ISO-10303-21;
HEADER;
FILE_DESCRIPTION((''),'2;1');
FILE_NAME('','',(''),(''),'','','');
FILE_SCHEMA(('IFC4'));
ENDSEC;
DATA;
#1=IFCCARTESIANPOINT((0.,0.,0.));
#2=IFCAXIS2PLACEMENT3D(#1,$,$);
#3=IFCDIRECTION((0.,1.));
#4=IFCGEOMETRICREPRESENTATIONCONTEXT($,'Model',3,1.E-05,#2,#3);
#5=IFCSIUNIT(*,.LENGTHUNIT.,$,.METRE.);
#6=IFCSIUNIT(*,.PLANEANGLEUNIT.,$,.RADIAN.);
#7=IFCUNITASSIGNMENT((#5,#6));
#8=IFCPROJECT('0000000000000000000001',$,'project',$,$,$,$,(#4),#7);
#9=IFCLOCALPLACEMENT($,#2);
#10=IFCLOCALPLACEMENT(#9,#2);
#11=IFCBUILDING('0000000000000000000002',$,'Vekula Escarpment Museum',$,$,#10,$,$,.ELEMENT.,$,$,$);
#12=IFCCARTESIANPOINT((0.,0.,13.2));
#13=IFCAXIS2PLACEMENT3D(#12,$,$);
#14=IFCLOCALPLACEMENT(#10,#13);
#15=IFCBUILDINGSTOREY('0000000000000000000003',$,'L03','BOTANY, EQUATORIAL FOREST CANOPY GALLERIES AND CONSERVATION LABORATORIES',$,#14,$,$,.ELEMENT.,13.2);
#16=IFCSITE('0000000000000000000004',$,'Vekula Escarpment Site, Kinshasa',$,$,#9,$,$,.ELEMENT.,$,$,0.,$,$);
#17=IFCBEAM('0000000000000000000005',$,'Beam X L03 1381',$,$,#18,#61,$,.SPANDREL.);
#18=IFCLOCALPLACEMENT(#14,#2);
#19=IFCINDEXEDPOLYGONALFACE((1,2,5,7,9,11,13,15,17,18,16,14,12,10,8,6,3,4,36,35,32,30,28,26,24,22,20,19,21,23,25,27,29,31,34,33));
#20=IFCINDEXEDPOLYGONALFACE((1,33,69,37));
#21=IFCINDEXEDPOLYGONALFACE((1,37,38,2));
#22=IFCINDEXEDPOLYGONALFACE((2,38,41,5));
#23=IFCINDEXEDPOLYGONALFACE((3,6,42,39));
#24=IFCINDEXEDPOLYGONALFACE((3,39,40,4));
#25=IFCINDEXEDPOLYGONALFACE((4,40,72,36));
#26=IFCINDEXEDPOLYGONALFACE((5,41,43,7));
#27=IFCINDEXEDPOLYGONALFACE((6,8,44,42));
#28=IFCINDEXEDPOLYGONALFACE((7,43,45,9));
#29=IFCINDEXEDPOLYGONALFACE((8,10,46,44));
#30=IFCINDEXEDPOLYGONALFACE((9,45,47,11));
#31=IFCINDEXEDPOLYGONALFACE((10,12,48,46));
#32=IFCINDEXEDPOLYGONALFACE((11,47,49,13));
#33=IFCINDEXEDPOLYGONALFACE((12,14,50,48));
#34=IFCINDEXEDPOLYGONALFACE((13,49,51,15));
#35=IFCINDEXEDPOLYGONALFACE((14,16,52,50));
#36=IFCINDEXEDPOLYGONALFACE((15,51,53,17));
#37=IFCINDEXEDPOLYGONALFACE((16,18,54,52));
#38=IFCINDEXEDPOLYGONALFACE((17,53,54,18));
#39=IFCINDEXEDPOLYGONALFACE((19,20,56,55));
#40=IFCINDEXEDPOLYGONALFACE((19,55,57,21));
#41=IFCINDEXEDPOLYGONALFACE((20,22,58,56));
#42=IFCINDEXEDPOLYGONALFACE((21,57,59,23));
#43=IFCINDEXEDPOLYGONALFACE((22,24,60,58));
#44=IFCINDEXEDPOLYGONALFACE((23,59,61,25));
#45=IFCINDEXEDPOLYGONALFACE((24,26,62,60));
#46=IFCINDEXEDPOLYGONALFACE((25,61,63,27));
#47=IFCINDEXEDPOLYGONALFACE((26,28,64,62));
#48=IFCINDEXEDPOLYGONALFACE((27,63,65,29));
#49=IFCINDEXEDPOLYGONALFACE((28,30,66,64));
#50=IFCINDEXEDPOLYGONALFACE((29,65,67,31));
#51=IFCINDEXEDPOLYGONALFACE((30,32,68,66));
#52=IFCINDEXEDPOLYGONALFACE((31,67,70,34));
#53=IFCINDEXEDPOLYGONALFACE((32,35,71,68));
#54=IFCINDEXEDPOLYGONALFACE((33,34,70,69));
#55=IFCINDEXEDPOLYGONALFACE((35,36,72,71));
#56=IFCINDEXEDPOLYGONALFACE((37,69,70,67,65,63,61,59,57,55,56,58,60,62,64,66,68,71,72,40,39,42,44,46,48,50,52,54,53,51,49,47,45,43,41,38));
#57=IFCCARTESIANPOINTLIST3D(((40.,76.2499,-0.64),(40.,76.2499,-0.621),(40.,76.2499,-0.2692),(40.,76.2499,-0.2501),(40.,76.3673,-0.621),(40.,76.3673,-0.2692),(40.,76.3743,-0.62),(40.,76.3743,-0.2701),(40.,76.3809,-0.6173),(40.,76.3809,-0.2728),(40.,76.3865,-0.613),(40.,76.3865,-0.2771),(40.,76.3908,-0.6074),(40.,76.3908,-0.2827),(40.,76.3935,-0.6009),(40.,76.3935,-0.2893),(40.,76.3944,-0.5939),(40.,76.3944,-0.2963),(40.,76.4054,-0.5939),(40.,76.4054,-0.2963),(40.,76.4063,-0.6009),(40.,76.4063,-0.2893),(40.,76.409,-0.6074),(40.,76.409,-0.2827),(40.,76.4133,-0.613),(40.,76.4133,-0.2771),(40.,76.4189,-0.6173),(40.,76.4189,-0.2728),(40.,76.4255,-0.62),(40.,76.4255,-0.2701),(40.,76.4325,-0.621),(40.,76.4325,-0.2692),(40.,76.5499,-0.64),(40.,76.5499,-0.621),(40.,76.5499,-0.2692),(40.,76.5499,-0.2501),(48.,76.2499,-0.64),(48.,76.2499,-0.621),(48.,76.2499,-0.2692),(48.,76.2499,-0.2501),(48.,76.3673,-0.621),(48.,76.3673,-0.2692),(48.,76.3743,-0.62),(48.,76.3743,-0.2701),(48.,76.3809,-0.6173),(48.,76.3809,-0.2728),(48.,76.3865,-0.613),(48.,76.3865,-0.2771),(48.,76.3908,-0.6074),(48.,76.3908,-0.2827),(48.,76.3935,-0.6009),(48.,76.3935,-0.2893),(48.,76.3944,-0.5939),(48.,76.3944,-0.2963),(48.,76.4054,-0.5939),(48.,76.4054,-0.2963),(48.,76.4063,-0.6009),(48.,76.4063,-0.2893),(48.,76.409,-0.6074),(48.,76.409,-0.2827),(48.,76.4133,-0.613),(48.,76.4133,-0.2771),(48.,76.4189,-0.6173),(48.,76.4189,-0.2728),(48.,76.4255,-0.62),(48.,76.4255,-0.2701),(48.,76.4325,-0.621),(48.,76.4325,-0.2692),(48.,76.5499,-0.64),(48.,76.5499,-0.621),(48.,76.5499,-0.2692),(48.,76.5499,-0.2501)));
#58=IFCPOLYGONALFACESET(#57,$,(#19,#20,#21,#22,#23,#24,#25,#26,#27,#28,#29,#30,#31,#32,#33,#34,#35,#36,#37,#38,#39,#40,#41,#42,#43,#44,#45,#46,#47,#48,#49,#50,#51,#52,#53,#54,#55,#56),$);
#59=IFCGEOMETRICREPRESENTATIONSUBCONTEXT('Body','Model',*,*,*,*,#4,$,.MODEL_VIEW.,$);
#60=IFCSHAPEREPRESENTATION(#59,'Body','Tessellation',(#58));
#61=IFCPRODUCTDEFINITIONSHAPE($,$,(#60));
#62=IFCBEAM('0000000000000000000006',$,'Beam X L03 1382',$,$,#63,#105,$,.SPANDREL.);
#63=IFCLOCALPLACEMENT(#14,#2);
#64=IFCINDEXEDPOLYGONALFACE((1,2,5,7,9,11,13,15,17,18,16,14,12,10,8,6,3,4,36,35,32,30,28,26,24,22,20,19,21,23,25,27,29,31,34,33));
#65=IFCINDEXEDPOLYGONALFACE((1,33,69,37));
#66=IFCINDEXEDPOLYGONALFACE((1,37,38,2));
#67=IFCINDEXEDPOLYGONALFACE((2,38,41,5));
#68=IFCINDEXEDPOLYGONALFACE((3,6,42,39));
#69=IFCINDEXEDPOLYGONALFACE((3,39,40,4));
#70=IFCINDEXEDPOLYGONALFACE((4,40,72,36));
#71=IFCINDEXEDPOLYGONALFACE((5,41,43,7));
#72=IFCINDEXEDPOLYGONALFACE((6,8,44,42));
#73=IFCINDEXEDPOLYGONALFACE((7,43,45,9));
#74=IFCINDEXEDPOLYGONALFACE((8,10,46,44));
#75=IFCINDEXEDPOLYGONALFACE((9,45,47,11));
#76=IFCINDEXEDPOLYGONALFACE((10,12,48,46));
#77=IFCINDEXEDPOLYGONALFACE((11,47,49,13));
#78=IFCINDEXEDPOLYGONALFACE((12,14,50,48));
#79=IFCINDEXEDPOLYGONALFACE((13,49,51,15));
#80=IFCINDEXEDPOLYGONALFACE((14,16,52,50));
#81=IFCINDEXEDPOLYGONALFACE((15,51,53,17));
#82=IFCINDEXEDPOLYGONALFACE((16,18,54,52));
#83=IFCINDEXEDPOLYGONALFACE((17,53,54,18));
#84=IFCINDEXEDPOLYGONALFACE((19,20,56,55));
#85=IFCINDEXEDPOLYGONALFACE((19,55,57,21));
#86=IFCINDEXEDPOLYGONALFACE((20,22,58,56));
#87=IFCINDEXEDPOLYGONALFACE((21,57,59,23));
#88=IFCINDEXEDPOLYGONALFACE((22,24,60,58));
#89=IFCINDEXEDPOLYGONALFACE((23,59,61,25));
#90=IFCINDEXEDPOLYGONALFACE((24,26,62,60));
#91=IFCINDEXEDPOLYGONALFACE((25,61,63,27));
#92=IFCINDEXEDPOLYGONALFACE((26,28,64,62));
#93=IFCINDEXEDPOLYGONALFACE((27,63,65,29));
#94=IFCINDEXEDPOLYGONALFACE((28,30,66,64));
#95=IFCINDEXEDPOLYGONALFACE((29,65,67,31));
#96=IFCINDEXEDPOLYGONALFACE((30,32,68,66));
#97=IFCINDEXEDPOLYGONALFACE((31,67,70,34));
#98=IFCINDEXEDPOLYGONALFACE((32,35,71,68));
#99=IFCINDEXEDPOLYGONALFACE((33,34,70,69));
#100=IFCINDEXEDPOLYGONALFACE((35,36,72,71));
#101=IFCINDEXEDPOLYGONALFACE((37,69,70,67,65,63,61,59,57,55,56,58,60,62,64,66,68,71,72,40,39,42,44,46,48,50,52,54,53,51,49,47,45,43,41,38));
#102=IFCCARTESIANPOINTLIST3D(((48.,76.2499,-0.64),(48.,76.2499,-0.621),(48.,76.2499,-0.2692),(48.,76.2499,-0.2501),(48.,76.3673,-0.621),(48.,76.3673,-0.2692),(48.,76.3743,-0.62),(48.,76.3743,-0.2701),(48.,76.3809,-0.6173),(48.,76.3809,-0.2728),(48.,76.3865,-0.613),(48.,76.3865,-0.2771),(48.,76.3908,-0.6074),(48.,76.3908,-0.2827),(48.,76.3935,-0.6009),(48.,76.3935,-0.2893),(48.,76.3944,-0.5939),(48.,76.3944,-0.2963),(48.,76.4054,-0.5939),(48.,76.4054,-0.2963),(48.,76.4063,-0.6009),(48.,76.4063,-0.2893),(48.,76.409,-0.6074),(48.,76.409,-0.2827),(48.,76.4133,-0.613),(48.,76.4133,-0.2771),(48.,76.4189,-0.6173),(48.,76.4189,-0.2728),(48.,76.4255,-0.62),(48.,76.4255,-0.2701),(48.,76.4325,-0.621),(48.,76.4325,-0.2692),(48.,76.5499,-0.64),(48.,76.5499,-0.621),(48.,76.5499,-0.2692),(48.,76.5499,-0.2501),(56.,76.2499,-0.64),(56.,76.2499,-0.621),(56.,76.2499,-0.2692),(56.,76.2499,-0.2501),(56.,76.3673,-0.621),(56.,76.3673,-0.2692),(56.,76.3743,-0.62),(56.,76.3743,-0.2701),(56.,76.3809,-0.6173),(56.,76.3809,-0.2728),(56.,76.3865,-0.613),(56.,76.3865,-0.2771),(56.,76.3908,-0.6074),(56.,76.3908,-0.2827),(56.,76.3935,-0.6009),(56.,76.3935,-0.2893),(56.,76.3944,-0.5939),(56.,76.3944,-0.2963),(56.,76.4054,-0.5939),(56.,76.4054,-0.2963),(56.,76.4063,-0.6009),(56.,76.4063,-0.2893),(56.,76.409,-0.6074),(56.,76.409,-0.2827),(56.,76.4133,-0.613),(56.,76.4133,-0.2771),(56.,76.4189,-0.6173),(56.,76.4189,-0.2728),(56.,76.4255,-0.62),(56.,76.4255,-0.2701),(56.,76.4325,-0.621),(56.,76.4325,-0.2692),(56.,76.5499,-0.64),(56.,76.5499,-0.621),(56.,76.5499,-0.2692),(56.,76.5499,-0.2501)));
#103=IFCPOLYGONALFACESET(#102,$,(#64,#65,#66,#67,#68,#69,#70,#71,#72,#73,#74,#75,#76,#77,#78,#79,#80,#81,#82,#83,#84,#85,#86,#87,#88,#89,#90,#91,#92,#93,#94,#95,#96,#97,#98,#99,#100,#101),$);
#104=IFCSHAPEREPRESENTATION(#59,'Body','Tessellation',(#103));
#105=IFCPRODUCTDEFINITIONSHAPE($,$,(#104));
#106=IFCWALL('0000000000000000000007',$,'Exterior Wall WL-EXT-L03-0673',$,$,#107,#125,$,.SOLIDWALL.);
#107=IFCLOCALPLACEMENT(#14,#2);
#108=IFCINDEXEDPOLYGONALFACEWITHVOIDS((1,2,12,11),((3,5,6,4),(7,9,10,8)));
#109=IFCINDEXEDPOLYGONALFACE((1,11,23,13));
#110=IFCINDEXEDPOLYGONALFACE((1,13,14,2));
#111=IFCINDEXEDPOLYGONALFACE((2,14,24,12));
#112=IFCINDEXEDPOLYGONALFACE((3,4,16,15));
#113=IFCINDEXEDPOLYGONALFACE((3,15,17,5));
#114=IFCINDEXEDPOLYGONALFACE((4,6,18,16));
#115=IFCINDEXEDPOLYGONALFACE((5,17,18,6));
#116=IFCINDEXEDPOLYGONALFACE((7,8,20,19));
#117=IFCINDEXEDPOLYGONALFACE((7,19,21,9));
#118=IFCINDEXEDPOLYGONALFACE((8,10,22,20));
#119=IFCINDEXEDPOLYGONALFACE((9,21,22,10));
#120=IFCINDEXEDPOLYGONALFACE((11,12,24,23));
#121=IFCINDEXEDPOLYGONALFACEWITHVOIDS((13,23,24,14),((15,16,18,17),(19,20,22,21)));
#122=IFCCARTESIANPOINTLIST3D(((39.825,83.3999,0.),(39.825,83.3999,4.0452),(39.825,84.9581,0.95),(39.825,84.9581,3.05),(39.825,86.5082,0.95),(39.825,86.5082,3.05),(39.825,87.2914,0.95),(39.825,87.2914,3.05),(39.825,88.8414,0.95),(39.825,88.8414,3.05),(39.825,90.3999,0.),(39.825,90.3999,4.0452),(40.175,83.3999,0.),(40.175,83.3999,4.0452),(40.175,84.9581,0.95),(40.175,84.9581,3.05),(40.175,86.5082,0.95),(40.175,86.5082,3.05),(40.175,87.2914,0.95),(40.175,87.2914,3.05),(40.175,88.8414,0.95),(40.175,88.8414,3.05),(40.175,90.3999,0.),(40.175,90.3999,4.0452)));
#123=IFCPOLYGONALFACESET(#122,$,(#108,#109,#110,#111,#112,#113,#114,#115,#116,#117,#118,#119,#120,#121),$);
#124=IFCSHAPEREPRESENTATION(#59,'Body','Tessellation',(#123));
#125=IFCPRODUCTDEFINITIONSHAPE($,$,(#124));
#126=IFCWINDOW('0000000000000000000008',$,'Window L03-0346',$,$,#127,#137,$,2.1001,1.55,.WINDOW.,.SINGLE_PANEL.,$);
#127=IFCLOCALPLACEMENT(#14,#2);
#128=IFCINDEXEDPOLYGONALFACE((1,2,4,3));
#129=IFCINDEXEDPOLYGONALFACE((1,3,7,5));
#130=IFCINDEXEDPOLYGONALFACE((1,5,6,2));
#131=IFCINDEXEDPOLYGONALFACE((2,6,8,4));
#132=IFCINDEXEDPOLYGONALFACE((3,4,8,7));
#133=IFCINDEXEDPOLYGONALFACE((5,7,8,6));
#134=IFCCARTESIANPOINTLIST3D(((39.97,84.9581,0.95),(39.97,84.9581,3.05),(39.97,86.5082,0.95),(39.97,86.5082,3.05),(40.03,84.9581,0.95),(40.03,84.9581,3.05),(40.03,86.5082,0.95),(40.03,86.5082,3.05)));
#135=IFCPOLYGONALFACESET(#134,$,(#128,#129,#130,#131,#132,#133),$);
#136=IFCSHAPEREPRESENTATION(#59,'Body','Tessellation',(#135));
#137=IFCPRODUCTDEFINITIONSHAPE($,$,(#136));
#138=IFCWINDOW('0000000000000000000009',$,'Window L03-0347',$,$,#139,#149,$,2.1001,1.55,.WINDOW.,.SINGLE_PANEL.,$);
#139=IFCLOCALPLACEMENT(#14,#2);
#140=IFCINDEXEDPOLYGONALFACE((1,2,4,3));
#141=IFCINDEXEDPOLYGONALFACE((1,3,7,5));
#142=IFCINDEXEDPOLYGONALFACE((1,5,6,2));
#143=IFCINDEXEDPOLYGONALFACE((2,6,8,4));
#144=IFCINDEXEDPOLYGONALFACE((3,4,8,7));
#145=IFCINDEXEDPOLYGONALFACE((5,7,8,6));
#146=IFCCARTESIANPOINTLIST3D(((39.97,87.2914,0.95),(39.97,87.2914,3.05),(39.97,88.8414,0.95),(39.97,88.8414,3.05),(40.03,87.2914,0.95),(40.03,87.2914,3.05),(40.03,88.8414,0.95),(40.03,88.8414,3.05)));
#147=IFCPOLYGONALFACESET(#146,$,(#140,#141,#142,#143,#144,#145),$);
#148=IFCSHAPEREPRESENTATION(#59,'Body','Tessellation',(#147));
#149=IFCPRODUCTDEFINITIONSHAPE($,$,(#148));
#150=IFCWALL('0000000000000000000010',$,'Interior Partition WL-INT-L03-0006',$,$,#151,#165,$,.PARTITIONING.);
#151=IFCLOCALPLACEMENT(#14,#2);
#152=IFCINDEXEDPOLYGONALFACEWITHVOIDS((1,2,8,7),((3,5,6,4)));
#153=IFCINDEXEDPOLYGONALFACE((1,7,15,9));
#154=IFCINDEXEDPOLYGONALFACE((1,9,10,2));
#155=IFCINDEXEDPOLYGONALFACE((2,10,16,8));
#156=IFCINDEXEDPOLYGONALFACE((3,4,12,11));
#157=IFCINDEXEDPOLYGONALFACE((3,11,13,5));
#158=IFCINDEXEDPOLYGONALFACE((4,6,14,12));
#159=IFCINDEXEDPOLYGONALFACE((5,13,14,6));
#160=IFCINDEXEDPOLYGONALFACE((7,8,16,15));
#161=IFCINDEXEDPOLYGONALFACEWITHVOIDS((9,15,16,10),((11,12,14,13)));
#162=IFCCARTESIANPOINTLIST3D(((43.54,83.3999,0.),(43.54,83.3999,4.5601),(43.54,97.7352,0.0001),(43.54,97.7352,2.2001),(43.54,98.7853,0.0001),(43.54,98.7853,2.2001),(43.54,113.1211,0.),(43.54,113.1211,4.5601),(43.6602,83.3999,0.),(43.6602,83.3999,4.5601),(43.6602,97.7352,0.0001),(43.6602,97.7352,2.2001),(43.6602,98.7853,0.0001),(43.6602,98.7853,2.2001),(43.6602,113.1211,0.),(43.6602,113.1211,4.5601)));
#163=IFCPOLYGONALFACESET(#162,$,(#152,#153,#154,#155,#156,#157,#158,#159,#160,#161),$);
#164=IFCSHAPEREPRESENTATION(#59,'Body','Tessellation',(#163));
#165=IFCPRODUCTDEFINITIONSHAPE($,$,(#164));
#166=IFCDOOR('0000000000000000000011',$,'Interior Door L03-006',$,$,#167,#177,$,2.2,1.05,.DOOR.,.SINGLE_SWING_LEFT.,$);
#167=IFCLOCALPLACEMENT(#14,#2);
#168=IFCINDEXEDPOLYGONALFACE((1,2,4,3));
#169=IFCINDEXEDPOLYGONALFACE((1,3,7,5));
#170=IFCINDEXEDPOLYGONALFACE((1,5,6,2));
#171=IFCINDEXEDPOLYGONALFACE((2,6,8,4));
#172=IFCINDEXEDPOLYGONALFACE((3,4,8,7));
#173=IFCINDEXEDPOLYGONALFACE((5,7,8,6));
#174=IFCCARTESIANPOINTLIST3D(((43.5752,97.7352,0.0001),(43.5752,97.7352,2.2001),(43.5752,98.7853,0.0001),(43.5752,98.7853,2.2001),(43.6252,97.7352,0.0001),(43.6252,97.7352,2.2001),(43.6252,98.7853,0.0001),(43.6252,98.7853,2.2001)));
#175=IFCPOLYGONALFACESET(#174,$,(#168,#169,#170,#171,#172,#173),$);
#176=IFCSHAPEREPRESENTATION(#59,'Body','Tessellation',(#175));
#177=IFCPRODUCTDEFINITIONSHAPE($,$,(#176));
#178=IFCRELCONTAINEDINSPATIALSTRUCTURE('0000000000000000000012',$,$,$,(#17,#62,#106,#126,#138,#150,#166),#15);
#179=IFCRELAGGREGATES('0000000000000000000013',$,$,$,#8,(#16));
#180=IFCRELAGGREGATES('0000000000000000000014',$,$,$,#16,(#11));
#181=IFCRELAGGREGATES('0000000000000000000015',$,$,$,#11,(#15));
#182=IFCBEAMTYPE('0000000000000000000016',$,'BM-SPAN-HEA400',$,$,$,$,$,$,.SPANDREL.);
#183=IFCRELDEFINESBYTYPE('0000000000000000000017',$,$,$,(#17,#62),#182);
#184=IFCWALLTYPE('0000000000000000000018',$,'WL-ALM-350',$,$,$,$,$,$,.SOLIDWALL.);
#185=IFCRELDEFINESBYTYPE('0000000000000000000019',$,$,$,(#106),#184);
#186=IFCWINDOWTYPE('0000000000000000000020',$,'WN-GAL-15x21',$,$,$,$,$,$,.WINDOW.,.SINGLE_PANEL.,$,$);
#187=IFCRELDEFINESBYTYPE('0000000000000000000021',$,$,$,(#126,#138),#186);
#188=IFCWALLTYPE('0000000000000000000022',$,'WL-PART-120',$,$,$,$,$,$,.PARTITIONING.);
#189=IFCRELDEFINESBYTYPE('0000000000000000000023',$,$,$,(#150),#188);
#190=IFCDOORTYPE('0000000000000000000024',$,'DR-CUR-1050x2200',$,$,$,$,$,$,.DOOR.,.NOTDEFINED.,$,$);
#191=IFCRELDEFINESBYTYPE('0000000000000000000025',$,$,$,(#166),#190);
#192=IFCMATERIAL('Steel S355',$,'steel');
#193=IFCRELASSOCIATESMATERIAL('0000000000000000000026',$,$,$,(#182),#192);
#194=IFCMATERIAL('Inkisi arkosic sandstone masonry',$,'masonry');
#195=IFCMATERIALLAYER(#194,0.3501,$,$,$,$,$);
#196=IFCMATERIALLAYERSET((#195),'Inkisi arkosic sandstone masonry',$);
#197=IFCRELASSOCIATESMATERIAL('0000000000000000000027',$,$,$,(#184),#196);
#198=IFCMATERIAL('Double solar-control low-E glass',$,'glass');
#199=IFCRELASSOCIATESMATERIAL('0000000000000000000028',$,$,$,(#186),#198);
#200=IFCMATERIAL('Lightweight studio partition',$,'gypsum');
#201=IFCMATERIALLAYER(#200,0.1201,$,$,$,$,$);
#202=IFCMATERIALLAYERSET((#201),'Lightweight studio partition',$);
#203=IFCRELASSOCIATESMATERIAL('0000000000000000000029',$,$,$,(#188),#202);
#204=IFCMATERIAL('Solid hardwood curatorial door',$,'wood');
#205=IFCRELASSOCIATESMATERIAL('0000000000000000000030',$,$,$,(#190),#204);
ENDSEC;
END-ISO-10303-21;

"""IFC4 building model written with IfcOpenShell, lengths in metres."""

from ifc_helpers import new_model, si_unit, direction, frame, frame_2d, origin, origin_2d, place, context, subcontext, project, spatial, rectangle, i_section, extrude, material, layer, layer_set, material_profile, profile_set, type_object, element, fill, save


model = new_model("IFC4")

# Units and contexts
model_context = context("Model", 3, precision=1e-05, world=origin(), true_north=direction((0.0, 1.0)))
body_context = subcontext(model_context, "Body", "Model", "MODEL_VIEW")
ifc_project = project(units=[si_unit("LENGTHUNIT", "METRE"), si_unit("PLANEANGLEUNIT", "RADIAN")], contexts=[model_context])

# Site, building, storey
site_placement = place(None, origin())
site = spatial("IfcSite", under=ifc_project, at=site_placement, Name="Vekula Escarpment Site, Kinshasa", CompositionType="ELEMENT", RefElevation=0.0)
building_placement = place(site_placement, origin())
building = spatial("IfcBuilding", under=site, at=building_placement, Name="Vekula Escarpment Museum", CompositionType="ELEMENT")
storey_placement = place(building_placement, frame((0.0, 0.0, 13.2)))
storey = spatial("IfcBuildingStorey", under=building, at=storey_placement, Name="L03", Description="BOTANY, EQUATORIAL FOREST CANOPY GALLERIES AND CONSERVATION LABORATORIES", CompositionType="ELEMENT", Elevation=13.2)

# Beams
ifc_material_1 = material(Name="Steel S355", Category="steel")
ifc_material_profile_1 = material_profile(ifc_material_1, i_section(OverallWidth=0.3, OverallDepth=0.3899, WebThickness=0.011, FlangeThickness=0.019, FilletRadius=0.0271, at=origin_2d()), Name="HEA 400")
ifc_profile_set_1 = profile_set([ifc_material_profile_1], Name="Steel S355")
beam_type_1 = type_object("IfcBeamType", Name="BM-SPAN-HEA400", PredefinedType="SPANDREL", material=ifc_profile_set_1)
for number, where, z_axis, x_axis, name in (
    (1, (40.0, 76.3999, -0.4451), (1.0, 0.0, 0.0), (0.0, 1.0, 0.0), "Beam X L03 1381"),
    (2, (48.0, 76.3999, -0.4451), (1.0, 0.0, 0.0), (0.0, 1.0, 0.0), "Beam X L03 1382"),
):
    element("IfcBeam", number, at=place(storey_placement, frame(where, z_axis=z_axis, x_axis=x_axis)), inside=storey, type_object=beam_type_1, Name=name, PredefinedType="SPANDREL", context=body_context, shape_type="SweptSolid", body=[
        extrude(i_section(OverallWidth=0.3, OverallDepth=0.3899, WebThickness=0.011, FlangeThickness=0.019, FilletRadius=0.0271, at=origin_2d()), origin(), (0.0, 0.0, 1.0), 8.0),
    ])

# Wall, openings, windows
ifc_material_2 = material(Name="Inkisi arkosic sandstone masonry", Category="masonry")
ifc_layer_1 = layer(ifc_material_2, 0.3501)
ifc_layer_set_1 = layer_set([ifc_layer_1], Name="Inkisi arkosic sandstone masonry")
wall_type_1 = type_object("IfcWallType", Name="WL-ALM-350", PredefinedType="SOLIDWALL", material=ifc_layer_set_1)
wall_1_placement = place(storey_placement, frame((40.0, 83.3999, 0.0), z_axis=(0.0, 0.0, 1.0), x_axis=(0.0, 1.0, 0.0)))
wall_1 = element("IfcWall", 3, at=wall_1_placement, inside=storey, type_object=wall_type_1, Name="Exterior Wall WL-EXT-L03-0673", PredefinedType="SOLIDWALL", context=body_context, shape_type="SweptSolid", body=[
    extrude(rectangle(XDim=7.0, YDim=0.3501, at=frame_2d((3.5, 0.0))), origin(), (0.0, 0.0, 1.0), 4.0452),
])
opening_1_placement = place(wall_1_placement, frame((1.5583, 0.0, 0.95)))
opening_1 = element("IfcOpeningElement", 4, at=opening_1_placement, cuts=wall_1, PredefinedType="OPENING", context=body_context, shape_type="SweptSolid", body=[
    extrude(rectangle(XDim=1.55, YDim=2.1001, at=frame_2d((0.7749, 1.05))), frame((0.0, 0.1851, 0.0), z_axis=(0.0, -1.0, 0.0), x_axis=(1.0, 0.0, 0.0)), (0.0, 0.0, 1.0), 0.3701),
])
opening_2_placement = place(wall_1_placement, frame((3.8916, 0.0, 0.95)))
opening_2 = element("IfcOpeningElement", 5, at=opening_2_placement, cuts=wall_1, PredefinedType="OPENING", context=body_context, shape_type="SweptSolid", body=[
    extrude(rectangle(XDim=1.55, YDim=2.1001, at=frame_2d((0.7749, 1.05))), frame((0.0, 0.1851, 0.0), z_axis=(0.0, -1.0, 0.0), x_axis=(1.0, 0.0, 0.0)), (0.0, 0.0, 1.0), 0.3701),
])
ifc_material_3 = material(Name="Double solar-control low-E glass", Category="glass")
window_type = type_object("IfcWindowType", Name="WN-GAL-15x21", PartitioningType="SINGLE_PANEL", PredefinedType="WINDOW", material=ifc_material_3)
window_1_placement = place(opening_1_placement, origin())
window_1 = element("IfcWindow", 6, at=window_1_placement, inside=storey, type_object=window_type, Name="Window L03-0346", OverallHeight=2.1001, OverallWidth=1.55, PartitioningType="SINGLE_PANEL", PredefinedType="WINDOW", context=body_context, shape_type="SweptSolid", body=[
    extrude(rectangle(XDim=1.55, YDim=2.1001, at=frame_2d((0.7749, 1.05))), frame((0.0, 0.03, 0.0), z_axis=(0.0, -1.0, 0.0), x_axis=(1.0, 0.0, 0.0)), (0.0, 0.0, 1.0), 0.0601),
])
fill(opening_1, window_1)
window_2_placement = place(opening_2_placement, origin())
window_2 = element("IfcWindow", 7, at=window_2_placement, inside=storey, type_object=window_type, Name="Window L03-0347", OverallHeight=2.1001, OverallWidth=1.55, PartitioningType="SINGLE_PANEL", PredefinedType="WINDOW", context=body_context, shape_type="SweptSolid", body=[
    extrude(rectangle(XDim=1.55, YDim=2.1001, at=frame_2d((0.7749, 1.05))), frame((0.0, 0.03, 0.0), z_axis=(0.0, -1.0, 0.0), x_axis=(1.0, 0.0, 0.0)), (0.0, 0.0, 1.0), 0.0601),
])
fill(opening_2, window_2)

# Wall, opening, door
ifc_material_4 = material(Name="Lightweight studio partition", Category="gypsum")
ifc_layer_2 = layer(ifc_material_4, 0.1201)
ifc_layer_set_2 = layer_set([ifc_layer_2], Name="Lightweight studio partition")
wall_type_2 = type_object("IfcWallType", Name="WL-PART-120", PredefinedType="PARTITIONING", material=ifc_layer_set_2)
wall_2_placement = place(storey_placement, frame((43.6001, 83.3999, 0.0), z_axis=(0.0, 0.0, 1.0), x_axis=(0.0, 1.0, 0.0)))
wall_2 = element("IfcWall", 8, at=wall_2_placement, inside=storey, type_object=wall_type_2, Name="Interior Partition WL-INT-L03-0006", PredefinedType="PARTITIONING", context=body_context, shape_type="SweptSolid", body=[
    extrude(rectangle(XDim=29.7212, YDim=0.1201, at=frame_2d((14.8606, 0.0))), origin(), (0.0, 0.0, 1.0), 4.5601),
])
opening_3_placement = place(wall_2_placement, frame((14.3354, 0.0, 0.0)))
opening_3 = element("IfcOpeningElement", 9, at=opening_3_placement, cuts=wall_2, PredefinedType="OPENING", context=body_context, shape_type="SweptSolid", body=[
    extrude(rectangle(XDim=1.05, YDim=2.2, at=frame_2d((0.5249, 1.1001))), frame((0.0, 0.0701, 0.0), z_axis=(0.0, -1.0, 0.0), x_axis=(1.0, 0.0, 0.0)), (0.0, 0.0, 1.0), 0.1401),
])
ifc_material_5 = material(Name="Solid hardwood curatorial door", Category="wood")
door_type_1 = type_object("IfcDoorType", Name="DR-CUR-1050x2200", OperationType="NOTDEFINED", PredefinedType="DOOR", material=ifc_material_5)
door_1_placement = place(opening_3_placement, origin())
door_1 = element("IfcDoor", 10, at=door_1_placement, inside=storey, type_object=door_type_1, Name="Interior Door L03-006", OperationType="SINGLE_SWING_LEFT", OverallHeight=2.2, OverallWidth=1.05, PredefinedType="DOOR", context=body_context, shape_type="SweptSolid", body=[
    extrude(rectangle(XDim=1.05, YDim=2.2, at=frame_2d((0.5249, 1.1001))), frame((0.0, 0.0249, 0.0), z_axis=(0.0, -1.0, 0.0), x_axis=(1.0, 0.0, 0.0)), (0.0, 0.0, 1.0), 0.05),
])
fill(opening_3, door_1)

save(model, "model.ifc")
